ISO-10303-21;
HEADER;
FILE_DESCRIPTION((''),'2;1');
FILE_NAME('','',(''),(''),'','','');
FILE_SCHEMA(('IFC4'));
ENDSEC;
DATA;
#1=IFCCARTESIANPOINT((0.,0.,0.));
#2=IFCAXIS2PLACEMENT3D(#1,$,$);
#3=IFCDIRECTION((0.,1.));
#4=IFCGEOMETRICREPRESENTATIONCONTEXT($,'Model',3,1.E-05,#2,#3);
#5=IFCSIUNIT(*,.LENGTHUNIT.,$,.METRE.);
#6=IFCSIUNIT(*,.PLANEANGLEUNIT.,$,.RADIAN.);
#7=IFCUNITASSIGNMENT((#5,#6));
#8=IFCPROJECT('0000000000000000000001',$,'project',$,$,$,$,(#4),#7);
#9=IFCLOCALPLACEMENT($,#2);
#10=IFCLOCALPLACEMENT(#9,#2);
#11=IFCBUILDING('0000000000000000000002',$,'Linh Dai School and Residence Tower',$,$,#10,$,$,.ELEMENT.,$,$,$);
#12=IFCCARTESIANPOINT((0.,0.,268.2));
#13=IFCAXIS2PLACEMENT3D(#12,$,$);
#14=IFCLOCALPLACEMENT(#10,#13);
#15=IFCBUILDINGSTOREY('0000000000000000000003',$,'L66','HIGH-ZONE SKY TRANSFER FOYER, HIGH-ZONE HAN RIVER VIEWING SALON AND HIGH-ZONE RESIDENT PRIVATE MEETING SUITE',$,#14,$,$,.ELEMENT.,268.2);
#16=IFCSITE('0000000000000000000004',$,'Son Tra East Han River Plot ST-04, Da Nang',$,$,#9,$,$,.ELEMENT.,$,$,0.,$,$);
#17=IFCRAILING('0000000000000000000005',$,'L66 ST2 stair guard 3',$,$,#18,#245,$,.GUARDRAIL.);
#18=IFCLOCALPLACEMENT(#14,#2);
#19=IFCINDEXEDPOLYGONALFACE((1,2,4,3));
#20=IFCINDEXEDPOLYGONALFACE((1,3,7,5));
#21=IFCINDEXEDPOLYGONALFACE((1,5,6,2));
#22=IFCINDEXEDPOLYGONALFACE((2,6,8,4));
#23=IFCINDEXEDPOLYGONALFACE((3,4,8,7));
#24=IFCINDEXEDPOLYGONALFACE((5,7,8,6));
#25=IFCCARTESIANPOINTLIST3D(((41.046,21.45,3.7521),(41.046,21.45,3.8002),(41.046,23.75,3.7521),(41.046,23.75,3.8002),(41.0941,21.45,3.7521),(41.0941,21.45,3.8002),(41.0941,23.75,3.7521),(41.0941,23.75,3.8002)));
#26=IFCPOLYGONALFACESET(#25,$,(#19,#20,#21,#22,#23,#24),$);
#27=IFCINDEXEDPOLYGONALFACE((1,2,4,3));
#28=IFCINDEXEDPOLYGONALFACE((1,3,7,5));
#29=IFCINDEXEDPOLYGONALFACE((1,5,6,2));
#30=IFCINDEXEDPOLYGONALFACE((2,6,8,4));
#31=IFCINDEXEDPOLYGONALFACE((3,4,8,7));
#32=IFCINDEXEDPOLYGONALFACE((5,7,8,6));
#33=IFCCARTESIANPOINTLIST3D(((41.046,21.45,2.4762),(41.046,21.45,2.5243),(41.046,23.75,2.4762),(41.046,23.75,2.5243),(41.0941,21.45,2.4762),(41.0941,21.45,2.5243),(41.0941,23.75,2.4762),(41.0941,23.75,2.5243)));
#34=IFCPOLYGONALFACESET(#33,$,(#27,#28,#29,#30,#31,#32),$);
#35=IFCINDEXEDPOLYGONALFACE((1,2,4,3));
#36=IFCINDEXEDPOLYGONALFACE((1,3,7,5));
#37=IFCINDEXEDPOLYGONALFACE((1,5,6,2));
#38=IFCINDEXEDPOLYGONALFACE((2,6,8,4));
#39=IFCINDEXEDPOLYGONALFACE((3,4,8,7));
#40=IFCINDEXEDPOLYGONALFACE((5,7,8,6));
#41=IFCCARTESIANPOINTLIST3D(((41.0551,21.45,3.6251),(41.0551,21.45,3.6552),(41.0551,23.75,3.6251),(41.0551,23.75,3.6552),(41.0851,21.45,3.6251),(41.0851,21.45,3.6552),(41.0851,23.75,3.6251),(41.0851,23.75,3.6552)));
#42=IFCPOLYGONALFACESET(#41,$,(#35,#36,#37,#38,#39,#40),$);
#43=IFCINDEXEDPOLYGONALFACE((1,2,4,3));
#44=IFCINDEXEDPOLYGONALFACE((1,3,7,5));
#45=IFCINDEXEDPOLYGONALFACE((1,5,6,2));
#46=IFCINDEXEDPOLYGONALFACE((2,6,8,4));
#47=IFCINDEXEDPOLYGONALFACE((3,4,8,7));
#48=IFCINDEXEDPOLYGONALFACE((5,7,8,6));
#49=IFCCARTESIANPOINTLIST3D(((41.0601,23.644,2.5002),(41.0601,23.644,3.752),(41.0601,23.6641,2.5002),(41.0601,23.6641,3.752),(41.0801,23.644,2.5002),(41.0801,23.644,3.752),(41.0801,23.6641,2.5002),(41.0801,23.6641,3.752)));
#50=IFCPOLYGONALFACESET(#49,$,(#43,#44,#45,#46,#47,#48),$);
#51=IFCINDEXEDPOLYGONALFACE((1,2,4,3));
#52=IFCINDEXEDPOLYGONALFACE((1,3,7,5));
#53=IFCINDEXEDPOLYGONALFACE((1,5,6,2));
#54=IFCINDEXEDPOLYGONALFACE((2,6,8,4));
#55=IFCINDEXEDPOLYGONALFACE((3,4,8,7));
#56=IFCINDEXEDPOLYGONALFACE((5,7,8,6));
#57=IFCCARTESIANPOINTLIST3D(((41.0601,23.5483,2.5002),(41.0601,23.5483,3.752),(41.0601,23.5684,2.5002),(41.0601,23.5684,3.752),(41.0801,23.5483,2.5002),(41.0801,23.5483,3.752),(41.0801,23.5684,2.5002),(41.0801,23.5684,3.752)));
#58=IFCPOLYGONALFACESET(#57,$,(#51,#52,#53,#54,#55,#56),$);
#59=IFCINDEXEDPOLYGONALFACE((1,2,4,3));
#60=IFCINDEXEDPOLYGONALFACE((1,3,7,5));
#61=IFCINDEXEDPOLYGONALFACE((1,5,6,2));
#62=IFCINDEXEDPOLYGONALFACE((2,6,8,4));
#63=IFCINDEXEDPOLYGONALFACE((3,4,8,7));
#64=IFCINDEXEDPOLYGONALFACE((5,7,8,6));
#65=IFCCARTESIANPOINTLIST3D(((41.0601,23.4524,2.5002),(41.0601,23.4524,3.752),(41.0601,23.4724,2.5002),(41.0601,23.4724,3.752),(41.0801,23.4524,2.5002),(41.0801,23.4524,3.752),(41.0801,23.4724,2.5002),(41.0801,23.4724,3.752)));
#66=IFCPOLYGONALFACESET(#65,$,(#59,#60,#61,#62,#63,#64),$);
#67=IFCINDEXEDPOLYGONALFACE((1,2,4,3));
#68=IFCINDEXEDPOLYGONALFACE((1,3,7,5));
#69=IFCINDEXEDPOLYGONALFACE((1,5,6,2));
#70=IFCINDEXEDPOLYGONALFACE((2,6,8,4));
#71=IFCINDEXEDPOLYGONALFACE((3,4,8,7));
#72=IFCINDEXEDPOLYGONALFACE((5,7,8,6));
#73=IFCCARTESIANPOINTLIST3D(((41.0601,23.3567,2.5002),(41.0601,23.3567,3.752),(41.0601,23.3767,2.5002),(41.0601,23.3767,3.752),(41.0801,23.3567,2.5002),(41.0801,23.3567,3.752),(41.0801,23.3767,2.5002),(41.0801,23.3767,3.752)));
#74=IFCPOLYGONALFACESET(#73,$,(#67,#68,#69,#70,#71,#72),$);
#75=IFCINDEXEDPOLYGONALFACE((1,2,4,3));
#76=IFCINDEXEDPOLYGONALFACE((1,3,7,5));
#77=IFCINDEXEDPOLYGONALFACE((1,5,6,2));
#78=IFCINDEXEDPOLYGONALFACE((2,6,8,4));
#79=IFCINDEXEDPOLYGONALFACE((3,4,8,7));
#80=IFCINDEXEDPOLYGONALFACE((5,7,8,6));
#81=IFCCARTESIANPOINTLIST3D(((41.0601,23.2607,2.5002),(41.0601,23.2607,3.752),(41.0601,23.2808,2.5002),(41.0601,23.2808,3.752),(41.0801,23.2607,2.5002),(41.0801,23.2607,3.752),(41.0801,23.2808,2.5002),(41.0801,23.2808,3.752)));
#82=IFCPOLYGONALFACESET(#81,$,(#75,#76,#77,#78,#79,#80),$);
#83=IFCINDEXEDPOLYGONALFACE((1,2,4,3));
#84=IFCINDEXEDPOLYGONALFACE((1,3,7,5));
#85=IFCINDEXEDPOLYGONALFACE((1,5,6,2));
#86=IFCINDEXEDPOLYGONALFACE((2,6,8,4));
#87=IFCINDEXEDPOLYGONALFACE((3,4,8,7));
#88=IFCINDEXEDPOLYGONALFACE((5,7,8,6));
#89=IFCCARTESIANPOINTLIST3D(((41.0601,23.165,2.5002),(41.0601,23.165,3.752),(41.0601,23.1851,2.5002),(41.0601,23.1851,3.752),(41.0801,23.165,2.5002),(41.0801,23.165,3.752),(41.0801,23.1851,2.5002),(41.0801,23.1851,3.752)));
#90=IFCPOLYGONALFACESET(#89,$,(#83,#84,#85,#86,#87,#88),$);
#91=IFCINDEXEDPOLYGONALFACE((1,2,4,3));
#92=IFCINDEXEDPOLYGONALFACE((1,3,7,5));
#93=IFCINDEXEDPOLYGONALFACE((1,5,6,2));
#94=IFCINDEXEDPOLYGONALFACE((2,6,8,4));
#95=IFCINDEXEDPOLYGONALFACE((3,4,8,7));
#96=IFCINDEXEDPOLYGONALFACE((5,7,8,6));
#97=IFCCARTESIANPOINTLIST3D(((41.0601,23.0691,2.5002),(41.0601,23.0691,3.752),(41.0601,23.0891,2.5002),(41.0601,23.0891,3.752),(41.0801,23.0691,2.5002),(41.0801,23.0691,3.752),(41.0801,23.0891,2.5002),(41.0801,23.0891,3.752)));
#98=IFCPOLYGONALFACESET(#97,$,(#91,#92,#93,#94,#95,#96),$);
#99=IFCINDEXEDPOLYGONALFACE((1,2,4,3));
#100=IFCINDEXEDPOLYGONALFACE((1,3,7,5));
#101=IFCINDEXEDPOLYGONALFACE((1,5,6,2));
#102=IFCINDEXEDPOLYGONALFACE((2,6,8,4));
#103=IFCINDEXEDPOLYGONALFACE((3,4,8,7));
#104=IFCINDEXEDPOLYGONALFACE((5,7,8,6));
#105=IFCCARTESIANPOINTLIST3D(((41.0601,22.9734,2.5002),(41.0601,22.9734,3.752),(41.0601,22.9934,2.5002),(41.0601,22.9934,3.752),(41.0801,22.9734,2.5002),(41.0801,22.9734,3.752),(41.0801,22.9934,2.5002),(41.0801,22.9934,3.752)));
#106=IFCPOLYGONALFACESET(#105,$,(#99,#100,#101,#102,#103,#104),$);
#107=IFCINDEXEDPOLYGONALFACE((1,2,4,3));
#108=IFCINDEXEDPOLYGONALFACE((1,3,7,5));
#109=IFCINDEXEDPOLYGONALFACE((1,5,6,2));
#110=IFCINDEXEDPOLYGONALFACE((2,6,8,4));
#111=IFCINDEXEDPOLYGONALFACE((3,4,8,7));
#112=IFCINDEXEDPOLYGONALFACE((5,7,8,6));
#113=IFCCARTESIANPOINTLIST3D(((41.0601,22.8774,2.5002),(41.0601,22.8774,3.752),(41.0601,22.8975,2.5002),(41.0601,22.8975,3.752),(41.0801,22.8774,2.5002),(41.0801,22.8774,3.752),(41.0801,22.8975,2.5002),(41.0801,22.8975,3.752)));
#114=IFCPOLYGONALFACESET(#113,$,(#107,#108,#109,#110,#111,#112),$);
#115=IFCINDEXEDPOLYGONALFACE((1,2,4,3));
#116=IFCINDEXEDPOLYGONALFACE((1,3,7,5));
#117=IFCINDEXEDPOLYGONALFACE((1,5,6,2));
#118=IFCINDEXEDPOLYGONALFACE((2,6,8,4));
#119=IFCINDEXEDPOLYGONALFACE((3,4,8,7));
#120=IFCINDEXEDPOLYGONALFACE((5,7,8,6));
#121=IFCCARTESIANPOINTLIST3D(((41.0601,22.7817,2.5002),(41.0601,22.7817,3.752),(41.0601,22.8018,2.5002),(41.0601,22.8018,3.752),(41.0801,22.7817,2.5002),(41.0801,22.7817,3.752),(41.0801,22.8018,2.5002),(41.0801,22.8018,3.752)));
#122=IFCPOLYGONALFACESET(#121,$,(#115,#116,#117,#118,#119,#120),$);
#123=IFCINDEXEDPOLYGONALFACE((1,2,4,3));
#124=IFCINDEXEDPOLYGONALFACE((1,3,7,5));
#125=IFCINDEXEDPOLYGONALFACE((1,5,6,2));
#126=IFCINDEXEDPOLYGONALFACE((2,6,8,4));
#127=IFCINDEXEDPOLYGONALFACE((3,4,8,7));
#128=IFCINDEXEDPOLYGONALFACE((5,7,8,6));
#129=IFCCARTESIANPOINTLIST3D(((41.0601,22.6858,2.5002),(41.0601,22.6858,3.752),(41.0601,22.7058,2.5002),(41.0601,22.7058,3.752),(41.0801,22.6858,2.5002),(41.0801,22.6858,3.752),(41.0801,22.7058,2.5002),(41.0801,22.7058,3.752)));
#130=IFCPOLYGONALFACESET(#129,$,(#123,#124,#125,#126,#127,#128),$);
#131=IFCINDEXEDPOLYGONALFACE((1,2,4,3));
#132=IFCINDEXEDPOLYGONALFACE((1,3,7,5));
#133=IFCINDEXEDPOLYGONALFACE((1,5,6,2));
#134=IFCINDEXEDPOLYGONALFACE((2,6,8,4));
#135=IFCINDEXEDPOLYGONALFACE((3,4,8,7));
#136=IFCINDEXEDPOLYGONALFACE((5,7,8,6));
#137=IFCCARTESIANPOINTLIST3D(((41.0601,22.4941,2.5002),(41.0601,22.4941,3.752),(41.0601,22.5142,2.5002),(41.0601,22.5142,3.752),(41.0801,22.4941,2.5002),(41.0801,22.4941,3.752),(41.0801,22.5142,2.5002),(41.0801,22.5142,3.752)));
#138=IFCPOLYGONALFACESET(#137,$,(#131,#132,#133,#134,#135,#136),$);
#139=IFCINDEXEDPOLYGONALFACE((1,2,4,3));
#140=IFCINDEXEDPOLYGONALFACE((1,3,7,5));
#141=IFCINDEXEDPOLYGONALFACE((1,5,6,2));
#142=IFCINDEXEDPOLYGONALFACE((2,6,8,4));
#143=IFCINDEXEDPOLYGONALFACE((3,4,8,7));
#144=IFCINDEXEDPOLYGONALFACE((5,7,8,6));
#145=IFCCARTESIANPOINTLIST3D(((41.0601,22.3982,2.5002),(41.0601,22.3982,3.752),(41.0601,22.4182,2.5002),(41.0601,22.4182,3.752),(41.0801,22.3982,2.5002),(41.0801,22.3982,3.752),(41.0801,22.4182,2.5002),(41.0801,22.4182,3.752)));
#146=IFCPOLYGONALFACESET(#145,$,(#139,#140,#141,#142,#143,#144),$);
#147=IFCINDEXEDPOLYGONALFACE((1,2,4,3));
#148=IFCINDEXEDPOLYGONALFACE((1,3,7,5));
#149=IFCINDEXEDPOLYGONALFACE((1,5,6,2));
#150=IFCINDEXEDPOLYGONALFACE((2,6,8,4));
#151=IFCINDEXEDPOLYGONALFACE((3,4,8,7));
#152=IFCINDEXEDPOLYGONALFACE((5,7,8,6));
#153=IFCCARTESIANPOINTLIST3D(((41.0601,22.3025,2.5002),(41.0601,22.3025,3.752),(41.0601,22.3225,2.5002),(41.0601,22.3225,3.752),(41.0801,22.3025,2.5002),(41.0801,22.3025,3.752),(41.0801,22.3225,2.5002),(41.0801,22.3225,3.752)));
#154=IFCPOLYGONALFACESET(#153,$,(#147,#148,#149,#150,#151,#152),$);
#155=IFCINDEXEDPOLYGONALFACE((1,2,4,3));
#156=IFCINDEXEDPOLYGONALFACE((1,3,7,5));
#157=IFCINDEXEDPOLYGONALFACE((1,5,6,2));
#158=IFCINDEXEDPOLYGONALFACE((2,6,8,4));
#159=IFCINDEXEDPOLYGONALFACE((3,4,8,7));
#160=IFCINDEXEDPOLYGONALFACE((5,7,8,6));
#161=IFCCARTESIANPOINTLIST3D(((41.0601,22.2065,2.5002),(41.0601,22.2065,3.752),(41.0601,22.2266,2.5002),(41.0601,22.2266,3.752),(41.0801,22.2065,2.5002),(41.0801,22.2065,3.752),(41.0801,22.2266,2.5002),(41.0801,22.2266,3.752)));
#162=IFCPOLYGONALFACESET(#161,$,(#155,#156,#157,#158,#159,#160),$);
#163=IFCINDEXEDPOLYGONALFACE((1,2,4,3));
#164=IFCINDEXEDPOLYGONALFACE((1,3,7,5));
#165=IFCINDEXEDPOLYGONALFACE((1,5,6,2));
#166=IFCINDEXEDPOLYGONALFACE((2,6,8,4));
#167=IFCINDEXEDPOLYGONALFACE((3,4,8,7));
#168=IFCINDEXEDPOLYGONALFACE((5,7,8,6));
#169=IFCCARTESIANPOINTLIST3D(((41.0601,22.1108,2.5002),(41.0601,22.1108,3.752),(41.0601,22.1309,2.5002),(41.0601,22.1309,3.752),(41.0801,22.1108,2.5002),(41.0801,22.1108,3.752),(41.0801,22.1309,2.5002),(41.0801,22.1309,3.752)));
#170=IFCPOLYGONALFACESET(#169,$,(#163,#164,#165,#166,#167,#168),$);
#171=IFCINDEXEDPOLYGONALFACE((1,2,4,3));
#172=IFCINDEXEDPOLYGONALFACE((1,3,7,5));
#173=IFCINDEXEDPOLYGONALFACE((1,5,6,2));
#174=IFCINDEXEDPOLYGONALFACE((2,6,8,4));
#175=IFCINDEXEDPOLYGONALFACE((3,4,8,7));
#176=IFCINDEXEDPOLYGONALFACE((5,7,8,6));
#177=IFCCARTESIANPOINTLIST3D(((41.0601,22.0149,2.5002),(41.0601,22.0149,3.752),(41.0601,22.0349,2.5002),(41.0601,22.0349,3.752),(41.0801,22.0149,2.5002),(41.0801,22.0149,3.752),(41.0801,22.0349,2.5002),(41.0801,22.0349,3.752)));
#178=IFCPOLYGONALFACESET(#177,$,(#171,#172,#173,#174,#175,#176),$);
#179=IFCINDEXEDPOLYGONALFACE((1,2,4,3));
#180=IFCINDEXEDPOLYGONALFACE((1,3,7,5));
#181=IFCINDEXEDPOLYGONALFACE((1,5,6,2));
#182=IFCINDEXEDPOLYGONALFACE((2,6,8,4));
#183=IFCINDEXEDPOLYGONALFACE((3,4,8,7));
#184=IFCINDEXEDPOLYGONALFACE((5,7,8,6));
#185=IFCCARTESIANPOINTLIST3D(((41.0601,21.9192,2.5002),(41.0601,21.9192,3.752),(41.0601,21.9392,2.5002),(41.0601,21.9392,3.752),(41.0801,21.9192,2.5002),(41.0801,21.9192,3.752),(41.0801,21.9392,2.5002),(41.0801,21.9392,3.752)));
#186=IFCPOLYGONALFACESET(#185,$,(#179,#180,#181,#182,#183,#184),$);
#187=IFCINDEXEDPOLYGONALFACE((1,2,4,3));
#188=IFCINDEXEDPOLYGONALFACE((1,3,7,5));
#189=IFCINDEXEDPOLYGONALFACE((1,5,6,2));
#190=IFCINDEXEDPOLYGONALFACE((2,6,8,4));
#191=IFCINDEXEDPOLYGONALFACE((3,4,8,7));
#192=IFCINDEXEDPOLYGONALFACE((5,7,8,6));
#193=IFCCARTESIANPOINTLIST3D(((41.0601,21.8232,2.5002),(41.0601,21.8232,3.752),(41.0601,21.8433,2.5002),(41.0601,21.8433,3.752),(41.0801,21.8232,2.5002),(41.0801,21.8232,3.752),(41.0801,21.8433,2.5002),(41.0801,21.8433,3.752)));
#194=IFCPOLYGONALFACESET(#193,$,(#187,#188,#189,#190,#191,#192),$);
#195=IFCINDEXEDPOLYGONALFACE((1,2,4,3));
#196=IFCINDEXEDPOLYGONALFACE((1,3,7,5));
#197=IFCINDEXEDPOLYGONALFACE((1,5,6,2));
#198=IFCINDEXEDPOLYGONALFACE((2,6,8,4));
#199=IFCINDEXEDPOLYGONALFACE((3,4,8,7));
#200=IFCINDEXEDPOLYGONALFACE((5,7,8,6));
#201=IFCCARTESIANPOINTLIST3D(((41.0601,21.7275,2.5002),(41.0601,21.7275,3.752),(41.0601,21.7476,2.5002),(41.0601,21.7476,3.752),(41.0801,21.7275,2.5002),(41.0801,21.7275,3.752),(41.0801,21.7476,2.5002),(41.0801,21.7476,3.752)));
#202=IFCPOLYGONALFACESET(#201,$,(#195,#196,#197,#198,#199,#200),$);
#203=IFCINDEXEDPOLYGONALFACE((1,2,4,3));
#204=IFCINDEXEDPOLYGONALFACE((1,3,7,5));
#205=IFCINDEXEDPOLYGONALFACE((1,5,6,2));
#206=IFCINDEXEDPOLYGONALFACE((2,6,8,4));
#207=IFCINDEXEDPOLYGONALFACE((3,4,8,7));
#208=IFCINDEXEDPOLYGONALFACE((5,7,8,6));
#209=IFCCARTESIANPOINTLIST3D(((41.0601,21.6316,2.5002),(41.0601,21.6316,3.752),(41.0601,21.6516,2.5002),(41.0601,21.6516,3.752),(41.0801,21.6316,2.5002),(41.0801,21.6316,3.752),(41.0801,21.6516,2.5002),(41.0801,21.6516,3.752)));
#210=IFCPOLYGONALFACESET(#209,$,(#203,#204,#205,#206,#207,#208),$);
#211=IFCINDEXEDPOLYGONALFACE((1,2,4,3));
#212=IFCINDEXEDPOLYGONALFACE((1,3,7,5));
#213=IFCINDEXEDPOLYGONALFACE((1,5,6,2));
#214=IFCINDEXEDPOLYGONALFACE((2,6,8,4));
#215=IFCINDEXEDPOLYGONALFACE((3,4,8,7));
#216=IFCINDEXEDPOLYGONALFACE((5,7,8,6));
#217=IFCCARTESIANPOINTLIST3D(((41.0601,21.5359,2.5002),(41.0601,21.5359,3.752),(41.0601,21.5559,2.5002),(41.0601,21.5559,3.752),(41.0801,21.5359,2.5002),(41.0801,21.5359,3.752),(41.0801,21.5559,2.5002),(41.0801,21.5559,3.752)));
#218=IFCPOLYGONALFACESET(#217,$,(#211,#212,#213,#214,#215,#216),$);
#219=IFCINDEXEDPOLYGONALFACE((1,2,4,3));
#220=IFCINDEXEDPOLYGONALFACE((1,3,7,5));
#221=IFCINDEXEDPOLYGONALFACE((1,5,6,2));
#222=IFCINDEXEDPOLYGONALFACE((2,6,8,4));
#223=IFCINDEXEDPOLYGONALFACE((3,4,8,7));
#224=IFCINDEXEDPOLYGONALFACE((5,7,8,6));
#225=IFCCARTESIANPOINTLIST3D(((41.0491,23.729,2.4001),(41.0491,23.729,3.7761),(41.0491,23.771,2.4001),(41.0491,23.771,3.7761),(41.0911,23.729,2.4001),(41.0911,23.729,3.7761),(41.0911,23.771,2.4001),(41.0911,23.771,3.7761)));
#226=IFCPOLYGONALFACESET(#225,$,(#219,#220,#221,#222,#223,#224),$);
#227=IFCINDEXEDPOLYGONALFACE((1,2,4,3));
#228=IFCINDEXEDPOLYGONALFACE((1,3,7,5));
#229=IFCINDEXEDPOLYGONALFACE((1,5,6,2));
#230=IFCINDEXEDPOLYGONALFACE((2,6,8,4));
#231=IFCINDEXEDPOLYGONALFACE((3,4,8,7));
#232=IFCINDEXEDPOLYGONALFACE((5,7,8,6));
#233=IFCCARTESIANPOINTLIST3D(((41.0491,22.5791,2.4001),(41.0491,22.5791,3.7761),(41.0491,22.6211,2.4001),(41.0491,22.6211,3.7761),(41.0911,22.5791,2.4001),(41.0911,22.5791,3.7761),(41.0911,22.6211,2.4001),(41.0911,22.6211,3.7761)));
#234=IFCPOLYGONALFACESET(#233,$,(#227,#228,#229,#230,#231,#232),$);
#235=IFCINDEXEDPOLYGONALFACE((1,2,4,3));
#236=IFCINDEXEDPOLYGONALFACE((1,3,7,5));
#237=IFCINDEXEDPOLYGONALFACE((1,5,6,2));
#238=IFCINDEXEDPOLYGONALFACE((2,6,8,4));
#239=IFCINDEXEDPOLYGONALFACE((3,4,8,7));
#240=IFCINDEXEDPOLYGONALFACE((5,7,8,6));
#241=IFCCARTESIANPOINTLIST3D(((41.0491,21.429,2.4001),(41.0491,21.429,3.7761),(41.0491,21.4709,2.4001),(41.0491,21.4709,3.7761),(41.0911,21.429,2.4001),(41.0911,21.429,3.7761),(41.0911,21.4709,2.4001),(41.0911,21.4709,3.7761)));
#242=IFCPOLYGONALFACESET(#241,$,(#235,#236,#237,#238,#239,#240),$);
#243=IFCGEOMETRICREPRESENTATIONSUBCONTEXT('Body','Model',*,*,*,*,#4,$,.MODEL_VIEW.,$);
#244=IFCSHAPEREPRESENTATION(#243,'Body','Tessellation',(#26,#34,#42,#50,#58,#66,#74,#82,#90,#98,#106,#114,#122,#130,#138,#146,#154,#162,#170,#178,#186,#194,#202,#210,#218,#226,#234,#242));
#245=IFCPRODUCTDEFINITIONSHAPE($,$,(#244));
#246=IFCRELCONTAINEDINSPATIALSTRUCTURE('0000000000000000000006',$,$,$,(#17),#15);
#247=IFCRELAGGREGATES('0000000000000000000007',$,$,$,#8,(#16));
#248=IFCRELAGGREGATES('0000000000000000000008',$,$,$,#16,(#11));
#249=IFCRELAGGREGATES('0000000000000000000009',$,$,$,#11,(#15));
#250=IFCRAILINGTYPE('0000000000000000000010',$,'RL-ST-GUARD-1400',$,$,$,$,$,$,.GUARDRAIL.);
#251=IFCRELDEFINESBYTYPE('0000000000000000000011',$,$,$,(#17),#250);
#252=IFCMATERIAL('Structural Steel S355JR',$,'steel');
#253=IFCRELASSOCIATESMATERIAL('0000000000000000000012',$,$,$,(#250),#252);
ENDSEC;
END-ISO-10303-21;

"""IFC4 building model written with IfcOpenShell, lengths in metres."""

from ifc_helpers import new_model, si_unit, direction, frame, origin, origin_2d, place, context, subcontext, project, spatial, rectangle, extrude, source, transform, mapped, material, type_object, element, save


model = new_model("IFC4")

# Units and contexts
model_context = context("Model", 3, precision=1e-05, world=origin(), true_north=direction((0.0, 1.0)))
body_context = subcontext(model_context, "Body", "Model", "MODEL_VIEW")
ifc_project = project(units=[si_unit("LENGTHUNIT", "METRE"), si_unit("PLANEANGLEUNIT", "RADIAN")], contexts=[model_context])

# Site, building, storey
site_placement = place(None, origin())
site = spatial("IfcSite", under=ifc_project, at=site_placement, Name="Son Tra East Han River Plot ST-04, Da Nang", CompositionType="ELEMENT", RefElevation=0.0)
building_placement = place(site_placement, origin())
building = spatial("IfcBuilding", under=site, at=building_placement, Name="Linh Dai School and Residence Tower", CompositionType="ELEMENT")
storey_placement = place(building_placement, frame((0.0, 0.0, 268.2)))
storey = spatial("IfcBuildingStorey", under=building, at=storey_placement, Name="L66", Description="HIGH-ZONE SKY TRANSFER FOYER, HIGH-ZONE HAN RIVER VIEWING SALON AND HIGH-ZONE RESIDENT PRIVATE MEETING SUITE", CompositionType="ELEMENT", Elevation=268.2)

# Shared definitions
ifc_material_1 = material(Name="Structural Steel S355JR", Category="steel")

# Railing
railing_type_1 = type_object("IfcRailingType", Name="RL-ST-GUARD-1400", PredefinedType="GUARDRAIL", material=ifc_material_1)
shared_shape_1 = source(origin(), body_context, "Body", "SweptSolid", [
    extrude(rectangle(XDim=0.0481, YDim=0.0481, at=origin_2d()), frame((0.0, 0.0, 1.376), z_axis=(0.0, -1.0, 0.0), x_axis=(1.0, 0.0, 0.0)), (0.0, 0.0, 1.0), 2.3),
    extrude(rectangle(XDim=0.0481, YDim=0.0481, at=origin_2d()), frame((0.0, 0.0, 0.1001), z_axis=(0.0, -1.0, 0.0), x_axis=(1.0, 0.0, 0.0)), (0.0, 0.0, 1.0), 2.3),
    extrude(rectangle(XDim=0.03, YDim=0.03, at=origin_2d()), frame((0.0, 0.0, 1.24), z_axis=(0.0, -1.0, 0.0), x_axis=(1.0, 0.0, 0.0)), (0.0, 0.0, 1.0), 2.3),
    extrude(rectangle(XDim=0.02, YDim=0.02, at=origin_2d()), frame((0.0, -0.0959, 0.1001)), (0.0, 0.0, 1.0), 1.2517),
    extrude(rectangle(XDim=0.02, YDim=0.02, at=origin_2d()), frame((0.0, -0.1917, 0.1001)), (0.0, 0.0, 1.0), 1.2517),
    extrude(rectangle(XDim=0.02, YDim=0.02, at=origin_2d()), frame((0.0, -0.2876, 0.1001)), (0.0, 0.0, 1.0), 1.2517),
    extrude(rectangle(XDim=0.02, YDim=0.02, at=origin_2d()), frame((0.0, -0.3833, 0.1001)), (0.0, 0.0, 1.0), 1.2517),
    extrude(rectangle(XDim=0.02, YDim=0.02, at=origin_2d()), frame((0.0, -0.4792, 0.1001)), (0.0, 0.0, 1.0), 1.2517),
    extrude(rectangle(XDim=0.02, YDim=0.02, at=origin_2d()), frame((0.0, -0.575, 0.1001)), (0.0, 0.0, 1.0), 1.2517),
    extrude(rectangle(XDim=0.02, YDim=0.02, at=origin_2d()), frame((0.0, -0.6709, 0.1001)), (0.0, 0.0, 1.0), 1.2517),
    extrude(rectangle(XDim=0.02, YDim=0.02, at=origin_2d()), frame((0.0, -0.7666, 0.1001)), (0.0, 0.0, 1.0), 1.2517),
    extrude(rectangle(XDim=0.02, YDim=0.02, at=origin_2d()), frame((0.0, -0.8625, 0.1001)), (0.0, 0.0, 1.0), 1.2517),
    extrude(rectangle(XDim=0.02, YDim=0.02, at=origin_2d()), frame((0.0, -0.9583, 0.1001)), (0.0, 0.0, 1.0), 1.2517),
    extrude(rectangle(XDim=0.02, YDim=0.02, at=origin_2d()), frame((0.0, -1.0542, 0.1001)), (0.0, 0.0, 1.0), 1.2517),
    extrude(rectangle(XDim=0.02, YDim=0.02, at=origin_2d()), frame((0.0, -1.2458, 0.1001)), (0.0, 0.0, 1.0), 1.2517),
    extrude(rectangle(XDim=0.02, YDim=0.02, at=origin_2d()), frame((0.0, -1.3418, 0.1001)), (0.0, 0.0, 1.0), 1.2517),
    extrude(rectangle(XDim=0.02, YDim=0.02, at=origin_2d()), frame((0.0, -1.4375, 0.1001)), (0.0, 0.0, 1.0), 1.2517),
    extrude(rectangle(XDim=0.02, YDim=0.02, at=origin_2d()), frame((0.0, -1.5334, 0.1001)), (0.0, 0.0, 1.0), 1.2517),
    extrude(rectangle(XDim=0.02, YDim=0.02, at=origin_2d()), frame((0.0, -1.6292, 0.1001)), (0.0, 0.0, 1.0), 1.2517),
    extrude(rectangle(XDim=0.02, YDim=0.02, at=origin_2d()), frame((0.0, -1.7251, 0.1001)), (0.0, 0.0, 1.0), 1.2517),
    extrude(rectangle(XDim=0.02, YDim=0.02, at=origin_2d()), frame((0.0, -1.8208, 0.1001)), (0.0, 0.0, 1.0), 1.2517),
    extrude(rectangle(XDim=0.02, YDim=0.02, at=origin_2d()), frame((0.0, -1.9167, 0.1001)), (0.0, 0.0, 1.0), 1.2517),
    extrude(rectangle(XDim=0.02, YDim=0.02, at=origin_2d()), frame((0.0, -2.0125, 0.1001)), (0.0, 0.0, 1.0), 1.2517),
    extrude(rectangle(XDim=0.02, YDim=0.02, at=origin_2d()), frame((0.0, -2.1084, 0.1001)), (0.0, 0.0, 1.0), 1.2517),
    extrude(rectangle(XDim=0.02, YDim=0.02, at=origin_2d()), frame((0.0, -2.2041, 0.1001)), (0.0, 0.0, 1.0), 1.2517),
    extrude(rectangle(XDim=0.042, YDim=0.042, at=origin_2d()), origin(), (0.0, 0.0, 1.0), 1.376),
    extrude(rectangle(XDim=0.042, YDim=0.042, at=origin_2d()), frame((0.0, -1.1499, 0.0)), (0.0, 0.0, 1.0), 1.376),
    extrude(rectangle(XDim=0.042, YDim=0.042, at=origin_2d()), frame((0.0, -2.3, 0.0)), (0.0, 0.0, 1.0), 1.376),
])
for number, where, name in (
    (1, (41.0701, 23.75, 2.4001), "L66 ST2 stair guard 3"),
):
    element("IfcRailing", number, at=place(storey_placement, frame(where)), inside=storey, type_object=railing_type_1, Name=name, PredefinedType="GUARDRAIL", context=body_context, shape_type="MappedRepresentation", body=[
        mapped(shared_shape_1, transform((0.0, 0.0, 0.0), x_axis=(1.0, 0.0, 0.0), y_axis=(0.0, 1.0, 0.0), z_axis=(0.0, 0.0, 1.0), scale=1.0)),
    ])

save(model, "model.ifc")
